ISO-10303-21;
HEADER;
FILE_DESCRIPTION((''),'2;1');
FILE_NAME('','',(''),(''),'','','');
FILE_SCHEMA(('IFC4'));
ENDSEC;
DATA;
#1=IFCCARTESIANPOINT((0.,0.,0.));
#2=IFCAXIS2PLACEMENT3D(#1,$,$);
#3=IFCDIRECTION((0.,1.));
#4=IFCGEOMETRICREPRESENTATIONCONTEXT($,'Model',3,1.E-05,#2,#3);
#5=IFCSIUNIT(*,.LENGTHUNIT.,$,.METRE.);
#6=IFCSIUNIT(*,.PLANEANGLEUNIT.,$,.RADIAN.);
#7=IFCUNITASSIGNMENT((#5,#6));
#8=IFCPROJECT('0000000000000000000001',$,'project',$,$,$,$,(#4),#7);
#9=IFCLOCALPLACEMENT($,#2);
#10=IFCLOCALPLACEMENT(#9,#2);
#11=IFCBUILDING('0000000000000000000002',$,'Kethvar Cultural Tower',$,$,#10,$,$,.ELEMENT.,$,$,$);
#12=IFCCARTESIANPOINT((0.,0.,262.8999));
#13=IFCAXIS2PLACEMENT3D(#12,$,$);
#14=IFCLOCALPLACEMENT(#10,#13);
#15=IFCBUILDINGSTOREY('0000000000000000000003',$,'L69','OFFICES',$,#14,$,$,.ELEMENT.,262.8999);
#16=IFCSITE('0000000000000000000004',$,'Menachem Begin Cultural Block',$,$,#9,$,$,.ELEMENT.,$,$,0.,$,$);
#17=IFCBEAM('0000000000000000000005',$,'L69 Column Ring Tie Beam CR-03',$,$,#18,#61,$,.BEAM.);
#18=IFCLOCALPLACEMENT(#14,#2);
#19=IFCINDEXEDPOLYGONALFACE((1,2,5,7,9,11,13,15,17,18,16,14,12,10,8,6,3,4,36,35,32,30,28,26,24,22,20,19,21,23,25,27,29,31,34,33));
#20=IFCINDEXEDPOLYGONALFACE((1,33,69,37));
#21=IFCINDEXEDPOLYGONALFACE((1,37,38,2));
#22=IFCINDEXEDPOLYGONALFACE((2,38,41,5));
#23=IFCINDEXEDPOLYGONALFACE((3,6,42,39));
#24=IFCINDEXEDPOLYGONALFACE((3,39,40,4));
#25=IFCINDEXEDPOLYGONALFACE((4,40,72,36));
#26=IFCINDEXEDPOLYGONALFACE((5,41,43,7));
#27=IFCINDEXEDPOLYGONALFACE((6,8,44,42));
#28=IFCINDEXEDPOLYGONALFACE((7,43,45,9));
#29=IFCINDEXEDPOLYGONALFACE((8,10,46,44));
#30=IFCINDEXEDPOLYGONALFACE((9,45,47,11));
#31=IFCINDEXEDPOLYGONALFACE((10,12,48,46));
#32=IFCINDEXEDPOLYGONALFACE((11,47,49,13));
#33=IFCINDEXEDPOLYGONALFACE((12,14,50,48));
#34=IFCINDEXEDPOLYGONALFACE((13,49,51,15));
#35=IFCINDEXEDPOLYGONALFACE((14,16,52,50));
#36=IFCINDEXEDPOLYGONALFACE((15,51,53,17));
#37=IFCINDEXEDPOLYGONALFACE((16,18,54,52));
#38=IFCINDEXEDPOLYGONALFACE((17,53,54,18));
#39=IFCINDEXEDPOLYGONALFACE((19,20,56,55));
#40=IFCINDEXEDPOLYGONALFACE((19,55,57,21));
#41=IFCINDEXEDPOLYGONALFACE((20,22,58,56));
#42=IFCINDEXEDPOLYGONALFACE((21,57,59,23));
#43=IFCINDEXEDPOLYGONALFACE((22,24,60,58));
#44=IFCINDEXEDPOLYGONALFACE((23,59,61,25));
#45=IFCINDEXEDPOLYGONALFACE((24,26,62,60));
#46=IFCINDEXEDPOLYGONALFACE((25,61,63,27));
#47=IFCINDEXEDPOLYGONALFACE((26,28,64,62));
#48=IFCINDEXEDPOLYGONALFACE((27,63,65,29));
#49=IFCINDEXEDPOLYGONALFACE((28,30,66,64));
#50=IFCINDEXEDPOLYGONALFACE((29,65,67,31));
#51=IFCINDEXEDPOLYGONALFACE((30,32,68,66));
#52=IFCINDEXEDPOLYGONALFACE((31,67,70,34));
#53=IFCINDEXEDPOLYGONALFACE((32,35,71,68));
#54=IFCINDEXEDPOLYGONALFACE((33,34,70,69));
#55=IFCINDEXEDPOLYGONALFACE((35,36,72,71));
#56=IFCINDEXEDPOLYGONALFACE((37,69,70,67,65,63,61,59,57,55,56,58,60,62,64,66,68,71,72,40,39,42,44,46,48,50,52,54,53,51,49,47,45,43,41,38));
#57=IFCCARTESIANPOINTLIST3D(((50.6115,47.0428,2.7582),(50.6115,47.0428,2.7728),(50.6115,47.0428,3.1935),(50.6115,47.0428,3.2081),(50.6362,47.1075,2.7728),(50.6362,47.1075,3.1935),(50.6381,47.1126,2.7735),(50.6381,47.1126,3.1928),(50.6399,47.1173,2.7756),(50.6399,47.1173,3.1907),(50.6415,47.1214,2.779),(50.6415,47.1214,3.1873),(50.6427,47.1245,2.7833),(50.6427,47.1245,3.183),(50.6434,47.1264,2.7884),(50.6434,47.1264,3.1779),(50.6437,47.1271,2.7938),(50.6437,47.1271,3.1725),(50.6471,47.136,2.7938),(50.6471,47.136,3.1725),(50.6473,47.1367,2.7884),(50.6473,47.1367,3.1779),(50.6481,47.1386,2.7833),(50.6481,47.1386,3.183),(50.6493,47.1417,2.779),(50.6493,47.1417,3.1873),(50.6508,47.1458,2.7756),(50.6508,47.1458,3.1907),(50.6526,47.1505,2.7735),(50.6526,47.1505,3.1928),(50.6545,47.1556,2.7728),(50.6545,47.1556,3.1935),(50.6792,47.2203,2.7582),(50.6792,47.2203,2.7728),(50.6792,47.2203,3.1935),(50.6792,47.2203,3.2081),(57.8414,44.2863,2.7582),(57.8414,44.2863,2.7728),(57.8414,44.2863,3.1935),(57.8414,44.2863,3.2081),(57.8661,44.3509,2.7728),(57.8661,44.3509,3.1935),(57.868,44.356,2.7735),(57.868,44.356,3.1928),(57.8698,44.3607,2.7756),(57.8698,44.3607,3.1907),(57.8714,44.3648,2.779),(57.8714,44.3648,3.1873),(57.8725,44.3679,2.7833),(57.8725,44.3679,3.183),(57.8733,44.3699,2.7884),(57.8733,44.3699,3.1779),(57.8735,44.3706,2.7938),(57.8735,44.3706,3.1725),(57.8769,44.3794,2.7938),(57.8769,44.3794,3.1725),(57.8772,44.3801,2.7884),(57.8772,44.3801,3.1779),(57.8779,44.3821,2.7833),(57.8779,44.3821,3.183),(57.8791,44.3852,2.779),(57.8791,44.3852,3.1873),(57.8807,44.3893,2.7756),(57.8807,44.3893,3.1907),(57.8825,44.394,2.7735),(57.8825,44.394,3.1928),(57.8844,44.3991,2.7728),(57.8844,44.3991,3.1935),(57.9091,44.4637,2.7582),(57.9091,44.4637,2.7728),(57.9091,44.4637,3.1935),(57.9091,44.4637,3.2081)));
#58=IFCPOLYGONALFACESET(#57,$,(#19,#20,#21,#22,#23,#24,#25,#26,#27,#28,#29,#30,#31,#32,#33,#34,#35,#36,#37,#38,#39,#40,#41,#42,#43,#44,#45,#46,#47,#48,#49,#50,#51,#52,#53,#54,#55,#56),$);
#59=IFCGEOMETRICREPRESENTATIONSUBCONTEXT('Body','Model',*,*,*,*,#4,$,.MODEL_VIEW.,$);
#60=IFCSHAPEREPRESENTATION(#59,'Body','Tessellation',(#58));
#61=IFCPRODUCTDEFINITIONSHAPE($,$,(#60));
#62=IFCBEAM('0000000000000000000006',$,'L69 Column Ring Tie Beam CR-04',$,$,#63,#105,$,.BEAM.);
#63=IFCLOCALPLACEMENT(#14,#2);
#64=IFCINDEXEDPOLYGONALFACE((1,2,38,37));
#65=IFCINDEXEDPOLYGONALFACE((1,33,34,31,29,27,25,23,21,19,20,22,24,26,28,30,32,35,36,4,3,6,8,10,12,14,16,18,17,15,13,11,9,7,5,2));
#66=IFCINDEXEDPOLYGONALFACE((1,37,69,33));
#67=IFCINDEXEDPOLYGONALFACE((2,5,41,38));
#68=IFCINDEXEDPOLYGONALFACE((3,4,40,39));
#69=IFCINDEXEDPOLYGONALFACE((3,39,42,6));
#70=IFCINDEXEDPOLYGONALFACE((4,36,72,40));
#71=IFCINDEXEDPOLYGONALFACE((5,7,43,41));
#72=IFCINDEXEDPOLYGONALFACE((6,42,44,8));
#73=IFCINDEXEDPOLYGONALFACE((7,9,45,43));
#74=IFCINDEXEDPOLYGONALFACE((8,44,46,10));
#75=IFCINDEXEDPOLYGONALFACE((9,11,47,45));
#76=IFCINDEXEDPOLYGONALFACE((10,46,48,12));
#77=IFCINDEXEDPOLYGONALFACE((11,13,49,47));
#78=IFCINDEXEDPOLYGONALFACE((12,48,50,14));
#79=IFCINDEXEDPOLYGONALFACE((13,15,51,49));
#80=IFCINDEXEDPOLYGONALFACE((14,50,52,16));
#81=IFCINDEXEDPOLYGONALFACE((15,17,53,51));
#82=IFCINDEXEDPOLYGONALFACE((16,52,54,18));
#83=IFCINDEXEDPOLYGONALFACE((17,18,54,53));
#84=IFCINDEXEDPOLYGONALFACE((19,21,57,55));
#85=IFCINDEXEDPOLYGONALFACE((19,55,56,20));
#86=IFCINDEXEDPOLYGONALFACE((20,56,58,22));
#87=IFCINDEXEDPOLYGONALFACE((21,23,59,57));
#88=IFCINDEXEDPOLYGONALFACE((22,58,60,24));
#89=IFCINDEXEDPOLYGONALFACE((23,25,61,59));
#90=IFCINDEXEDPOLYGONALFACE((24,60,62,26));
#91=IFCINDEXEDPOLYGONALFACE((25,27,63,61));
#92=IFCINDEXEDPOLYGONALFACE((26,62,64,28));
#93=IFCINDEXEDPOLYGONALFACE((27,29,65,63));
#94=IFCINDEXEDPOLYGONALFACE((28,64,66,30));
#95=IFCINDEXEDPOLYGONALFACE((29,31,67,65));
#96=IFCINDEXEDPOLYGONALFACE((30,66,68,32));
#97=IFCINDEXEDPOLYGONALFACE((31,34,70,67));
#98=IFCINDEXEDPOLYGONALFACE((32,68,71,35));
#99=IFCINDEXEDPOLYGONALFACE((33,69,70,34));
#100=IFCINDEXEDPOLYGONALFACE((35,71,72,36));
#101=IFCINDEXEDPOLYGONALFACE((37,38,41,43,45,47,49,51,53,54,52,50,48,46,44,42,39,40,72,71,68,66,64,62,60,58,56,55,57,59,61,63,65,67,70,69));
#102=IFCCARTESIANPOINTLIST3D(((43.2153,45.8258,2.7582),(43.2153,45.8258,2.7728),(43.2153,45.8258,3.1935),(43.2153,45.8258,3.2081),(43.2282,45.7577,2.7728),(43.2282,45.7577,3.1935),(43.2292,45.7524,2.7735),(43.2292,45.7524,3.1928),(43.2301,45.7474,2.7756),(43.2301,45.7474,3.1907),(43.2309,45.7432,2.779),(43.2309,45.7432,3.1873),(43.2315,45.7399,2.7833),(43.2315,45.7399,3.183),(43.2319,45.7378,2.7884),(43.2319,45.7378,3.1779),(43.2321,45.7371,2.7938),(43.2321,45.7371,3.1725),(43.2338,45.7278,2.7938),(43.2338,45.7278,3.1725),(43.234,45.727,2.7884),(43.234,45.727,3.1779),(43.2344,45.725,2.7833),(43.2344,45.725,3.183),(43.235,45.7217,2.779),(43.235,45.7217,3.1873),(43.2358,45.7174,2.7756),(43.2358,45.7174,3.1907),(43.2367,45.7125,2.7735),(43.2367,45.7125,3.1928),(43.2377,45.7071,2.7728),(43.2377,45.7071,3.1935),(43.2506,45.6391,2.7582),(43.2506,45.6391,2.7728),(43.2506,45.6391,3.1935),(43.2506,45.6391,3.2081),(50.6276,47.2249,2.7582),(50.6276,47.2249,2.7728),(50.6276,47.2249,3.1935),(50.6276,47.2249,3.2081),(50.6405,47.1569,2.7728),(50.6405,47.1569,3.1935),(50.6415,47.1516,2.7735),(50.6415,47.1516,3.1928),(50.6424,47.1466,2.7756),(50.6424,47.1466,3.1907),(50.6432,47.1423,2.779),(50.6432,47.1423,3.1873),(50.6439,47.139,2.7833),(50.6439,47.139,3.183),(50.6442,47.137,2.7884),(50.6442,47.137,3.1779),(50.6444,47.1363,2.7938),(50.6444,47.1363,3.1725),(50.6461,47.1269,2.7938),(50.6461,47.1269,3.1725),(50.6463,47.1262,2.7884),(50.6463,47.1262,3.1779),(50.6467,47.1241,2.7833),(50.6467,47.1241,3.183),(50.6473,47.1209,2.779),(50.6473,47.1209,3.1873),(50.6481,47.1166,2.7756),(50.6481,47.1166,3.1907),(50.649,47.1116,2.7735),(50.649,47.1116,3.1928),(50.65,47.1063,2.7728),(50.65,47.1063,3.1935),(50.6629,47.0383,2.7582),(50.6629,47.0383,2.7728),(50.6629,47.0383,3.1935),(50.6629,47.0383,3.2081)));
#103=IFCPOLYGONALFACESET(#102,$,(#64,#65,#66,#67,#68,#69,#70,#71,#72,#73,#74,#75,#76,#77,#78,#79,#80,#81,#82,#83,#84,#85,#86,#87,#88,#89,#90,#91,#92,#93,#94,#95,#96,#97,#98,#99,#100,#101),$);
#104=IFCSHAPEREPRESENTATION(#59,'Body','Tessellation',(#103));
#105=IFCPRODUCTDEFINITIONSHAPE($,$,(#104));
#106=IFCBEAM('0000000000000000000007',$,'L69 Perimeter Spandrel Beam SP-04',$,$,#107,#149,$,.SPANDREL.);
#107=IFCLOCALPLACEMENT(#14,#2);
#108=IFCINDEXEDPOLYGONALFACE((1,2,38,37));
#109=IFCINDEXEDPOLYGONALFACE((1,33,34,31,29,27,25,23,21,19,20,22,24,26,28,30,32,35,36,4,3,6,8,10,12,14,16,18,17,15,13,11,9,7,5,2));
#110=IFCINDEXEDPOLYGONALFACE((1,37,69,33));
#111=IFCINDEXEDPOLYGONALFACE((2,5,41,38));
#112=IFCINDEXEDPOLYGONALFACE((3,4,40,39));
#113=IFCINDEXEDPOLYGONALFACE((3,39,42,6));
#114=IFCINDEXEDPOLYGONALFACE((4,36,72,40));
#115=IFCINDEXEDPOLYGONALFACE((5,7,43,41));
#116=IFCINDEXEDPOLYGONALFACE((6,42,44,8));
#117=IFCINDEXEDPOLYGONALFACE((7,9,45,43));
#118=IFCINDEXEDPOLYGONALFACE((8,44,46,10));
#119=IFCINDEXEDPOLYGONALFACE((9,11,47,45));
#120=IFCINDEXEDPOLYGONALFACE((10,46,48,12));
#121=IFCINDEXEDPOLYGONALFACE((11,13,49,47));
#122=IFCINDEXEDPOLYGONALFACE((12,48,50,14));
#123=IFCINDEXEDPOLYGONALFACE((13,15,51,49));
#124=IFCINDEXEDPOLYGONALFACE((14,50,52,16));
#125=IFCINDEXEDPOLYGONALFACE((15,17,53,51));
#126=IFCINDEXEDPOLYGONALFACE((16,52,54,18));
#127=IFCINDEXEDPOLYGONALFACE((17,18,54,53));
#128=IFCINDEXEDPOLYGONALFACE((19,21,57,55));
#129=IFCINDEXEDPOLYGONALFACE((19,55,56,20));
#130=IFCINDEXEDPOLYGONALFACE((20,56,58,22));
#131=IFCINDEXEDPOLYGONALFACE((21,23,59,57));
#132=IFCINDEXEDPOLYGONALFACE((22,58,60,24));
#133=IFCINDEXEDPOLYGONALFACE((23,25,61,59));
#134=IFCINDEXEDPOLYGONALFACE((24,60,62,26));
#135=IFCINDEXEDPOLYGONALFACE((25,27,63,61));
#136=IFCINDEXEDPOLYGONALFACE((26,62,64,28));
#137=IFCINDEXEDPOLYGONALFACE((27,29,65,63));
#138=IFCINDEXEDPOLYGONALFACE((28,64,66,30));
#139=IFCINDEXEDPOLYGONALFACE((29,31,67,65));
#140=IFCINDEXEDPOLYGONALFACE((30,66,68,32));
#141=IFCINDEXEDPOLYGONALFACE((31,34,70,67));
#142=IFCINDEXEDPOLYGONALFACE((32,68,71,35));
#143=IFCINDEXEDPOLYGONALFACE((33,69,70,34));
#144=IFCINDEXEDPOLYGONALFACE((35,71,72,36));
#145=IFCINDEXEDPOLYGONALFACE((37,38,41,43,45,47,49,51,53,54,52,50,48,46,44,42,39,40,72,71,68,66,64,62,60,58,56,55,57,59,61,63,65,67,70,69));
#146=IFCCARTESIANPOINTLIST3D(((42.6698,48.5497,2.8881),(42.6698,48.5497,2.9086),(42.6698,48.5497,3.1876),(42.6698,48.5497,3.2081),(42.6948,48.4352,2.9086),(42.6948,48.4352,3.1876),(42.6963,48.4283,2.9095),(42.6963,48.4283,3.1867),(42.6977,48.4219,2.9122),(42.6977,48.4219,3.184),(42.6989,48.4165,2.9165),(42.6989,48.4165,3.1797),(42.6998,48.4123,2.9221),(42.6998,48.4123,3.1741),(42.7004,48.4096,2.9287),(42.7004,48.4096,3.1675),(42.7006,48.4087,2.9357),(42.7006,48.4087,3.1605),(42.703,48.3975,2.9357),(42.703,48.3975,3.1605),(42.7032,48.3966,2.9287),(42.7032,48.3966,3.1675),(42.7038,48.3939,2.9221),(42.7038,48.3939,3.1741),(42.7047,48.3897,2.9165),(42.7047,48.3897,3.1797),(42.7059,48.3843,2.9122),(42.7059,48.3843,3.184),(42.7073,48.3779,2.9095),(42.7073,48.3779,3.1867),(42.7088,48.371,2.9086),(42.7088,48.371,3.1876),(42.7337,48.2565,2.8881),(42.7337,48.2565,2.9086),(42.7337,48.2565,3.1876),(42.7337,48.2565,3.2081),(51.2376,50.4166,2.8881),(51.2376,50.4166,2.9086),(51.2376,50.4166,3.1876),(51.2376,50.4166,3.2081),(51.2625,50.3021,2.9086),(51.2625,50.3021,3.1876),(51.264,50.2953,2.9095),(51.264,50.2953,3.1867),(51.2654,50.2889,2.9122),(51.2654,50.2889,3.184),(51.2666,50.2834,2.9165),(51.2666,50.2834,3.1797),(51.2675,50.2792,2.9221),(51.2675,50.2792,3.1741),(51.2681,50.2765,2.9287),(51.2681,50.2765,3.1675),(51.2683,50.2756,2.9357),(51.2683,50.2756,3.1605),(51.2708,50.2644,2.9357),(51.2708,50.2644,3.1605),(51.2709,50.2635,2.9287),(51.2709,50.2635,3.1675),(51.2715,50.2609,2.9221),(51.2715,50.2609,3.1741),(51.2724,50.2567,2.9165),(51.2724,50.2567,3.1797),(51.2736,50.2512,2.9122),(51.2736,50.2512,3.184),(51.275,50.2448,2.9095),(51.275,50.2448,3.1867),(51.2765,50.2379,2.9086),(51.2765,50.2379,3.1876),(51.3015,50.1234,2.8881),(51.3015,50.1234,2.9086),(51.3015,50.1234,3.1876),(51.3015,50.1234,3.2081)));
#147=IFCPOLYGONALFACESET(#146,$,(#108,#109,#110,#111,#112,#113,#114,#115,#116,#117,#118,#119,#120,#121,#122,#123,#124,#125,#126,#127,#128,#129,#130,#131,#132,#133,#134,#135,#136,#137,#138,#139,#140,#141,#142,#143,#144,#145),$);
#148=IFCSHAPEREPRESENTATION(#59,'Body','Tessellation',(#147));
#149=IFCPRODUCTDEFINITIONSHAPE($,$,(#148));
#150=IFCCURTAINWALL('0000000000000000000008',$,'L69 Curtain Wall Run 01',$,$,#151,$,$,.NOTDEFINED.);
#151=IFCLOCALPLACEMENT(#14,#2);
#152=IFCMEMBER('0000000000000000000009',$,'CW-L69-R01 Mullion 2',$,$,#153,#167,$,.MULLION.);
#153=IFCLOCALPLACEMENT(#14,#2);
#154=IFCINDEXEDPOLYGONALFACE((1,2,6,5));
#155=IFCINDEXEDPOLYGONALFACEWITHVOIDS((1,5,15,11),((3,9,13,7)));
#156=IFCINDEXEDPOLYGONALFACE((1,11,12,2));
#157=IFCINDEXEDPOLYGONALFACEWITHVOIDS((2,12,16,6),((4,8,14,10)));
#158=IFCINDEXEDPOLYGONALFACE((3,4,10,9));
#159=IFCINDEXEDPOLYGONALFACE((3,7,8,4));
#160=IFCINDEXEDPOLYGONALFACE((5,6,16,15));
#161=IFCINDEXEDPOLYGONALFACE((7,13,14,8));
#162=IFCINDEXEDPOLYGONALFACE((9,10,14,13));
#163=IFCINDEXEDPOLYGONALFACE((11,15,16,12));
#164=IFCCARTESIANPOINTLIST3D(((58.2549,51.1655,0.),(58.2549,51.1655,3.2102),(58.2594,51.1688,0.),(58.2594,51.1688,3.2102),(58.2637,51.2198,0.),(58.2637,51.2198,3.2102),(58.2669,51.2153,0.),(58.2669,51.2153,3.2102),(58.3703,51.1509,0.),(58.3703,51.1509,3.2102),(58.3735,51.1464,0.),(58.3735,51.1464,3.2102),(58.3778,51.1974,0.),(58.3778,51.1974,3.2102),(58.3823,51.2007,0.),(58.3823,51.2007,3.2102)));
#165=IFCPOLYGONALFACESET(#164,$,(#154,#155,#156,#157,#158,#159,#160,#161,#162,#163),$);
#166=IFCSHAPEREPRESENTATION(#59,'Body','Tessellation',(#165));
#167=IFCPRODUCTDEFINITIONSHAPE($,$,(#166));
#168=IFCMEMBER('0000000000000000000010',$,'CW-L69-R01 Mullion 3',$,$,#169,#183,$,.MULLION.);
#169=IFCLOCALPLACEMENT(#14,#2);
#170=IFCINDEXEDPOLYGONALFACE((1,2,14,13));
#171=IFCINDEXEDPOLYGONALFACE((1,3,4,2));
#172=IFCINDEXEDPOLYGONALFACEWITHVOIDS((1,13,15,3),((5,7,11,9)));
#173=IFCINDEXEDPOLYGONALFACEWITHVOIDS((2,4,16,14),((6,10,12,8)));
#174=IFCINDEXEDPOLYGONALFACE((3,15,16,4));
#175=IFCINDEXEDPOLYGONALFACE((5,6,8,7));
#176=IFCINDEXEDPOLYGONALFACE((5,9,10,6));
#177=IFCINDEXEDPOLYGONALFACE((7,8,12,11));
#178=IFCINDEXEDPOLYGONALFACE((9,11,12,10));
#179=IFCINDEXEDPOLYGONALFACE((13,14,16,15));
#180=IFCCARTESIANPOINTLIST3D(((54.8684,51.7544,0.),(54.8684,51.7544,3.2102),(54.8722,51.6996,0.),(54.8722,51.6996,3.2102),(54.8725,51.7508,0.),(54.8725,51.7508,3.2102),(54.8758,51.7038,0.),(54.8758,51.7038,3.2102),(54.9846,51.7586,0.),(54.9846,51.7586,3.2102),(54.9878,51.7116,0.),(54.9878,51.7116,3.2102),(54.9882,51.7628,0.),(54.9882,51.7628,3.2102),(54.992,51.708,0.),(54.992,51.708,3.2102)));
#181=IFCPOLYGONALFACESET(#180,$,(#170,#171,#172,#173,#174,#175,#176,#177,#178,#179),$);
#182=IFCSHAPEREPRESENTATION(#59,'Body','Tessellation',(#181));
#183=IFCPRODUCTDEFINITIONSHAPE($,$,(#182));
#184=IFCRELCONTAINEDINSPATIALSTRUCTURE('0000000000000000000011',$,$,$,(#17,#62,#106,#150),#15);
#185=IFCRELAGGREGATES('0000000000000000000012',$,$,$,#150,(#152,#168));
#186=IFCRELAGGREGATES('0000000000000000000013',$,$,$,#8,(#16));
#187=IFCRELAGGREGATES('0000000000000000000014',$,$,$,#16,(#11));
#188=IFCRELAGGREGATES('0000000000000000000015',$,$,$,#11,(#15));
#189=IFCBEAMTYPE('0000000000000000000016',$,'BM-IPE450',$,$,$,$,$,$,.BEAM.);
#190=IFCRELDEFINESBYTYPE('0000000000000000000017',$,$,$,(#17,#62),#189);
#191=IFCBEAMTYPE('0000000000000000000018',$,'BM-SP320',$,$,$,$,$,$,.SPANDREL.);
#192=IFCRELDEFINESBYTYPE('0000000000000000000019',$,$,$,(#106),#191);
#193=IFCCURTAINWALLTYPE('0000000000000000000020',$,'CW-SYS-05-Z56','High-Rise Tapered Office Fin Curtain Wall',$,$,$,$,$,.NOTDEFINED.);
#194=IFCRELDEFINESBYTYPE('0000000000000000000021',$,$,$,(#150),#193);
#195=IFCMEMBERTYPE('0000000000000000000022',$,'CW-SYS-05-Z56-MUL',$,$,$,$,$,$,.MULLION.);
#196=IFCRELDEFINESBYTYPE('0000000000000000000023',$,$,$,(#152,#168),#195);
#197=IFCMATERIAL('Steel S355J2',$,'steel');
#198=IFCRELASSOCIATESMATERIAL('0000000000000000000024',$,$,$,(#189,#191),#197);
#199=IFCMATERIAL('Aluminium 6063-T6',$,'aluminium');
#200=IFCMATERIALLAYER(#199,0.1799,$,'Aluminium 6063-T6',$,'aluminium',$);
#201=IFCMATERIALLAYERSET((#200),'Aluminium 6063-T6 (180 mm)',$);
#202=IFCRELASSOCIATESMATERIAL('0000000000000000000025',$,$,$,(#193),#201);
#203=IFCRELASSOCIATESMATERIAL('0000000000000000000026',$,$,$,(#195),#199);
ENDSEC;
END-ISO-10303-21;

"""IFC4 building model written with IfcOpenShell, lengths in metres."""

from ifc_helpers import new_model, si_unit, direction, frame, origin, origin_2d, place, context, subcontext, project, spatial, hollow_rectangle, i_section, extrude, source, transform, mapped, material, layer, layer_set, material_profile, profile_set, type_object, element, aggregate, save


model = new_model("IFC4")

# Units and contexts
model_context = context("Model", 3, precision=1e-05, world=origin(), true_north=direction((0.0, 1.0)))
body_context = subcontext(model_context, "Body", "Model", "MODEL_VIEW")
ifc_project = project(units=[si_unit("LENGTHUNIT", "METRE"), si_unit("PLANEANGLEUNIT", "RADIAN")], contexts=[model_context])

# Site, building, storey
site_placement = place(None, origin())
site = spatial("IfcSite", under=ifc_project, at=site_placement, Name="Menachem Begin Cultural Block", CompositionType="ELEMENT", RefElevation=0.0)
building_placement = place(site_placement, origin())
building = spatial("IfcBuilding", under=site, at=building_placement, Name="Kethvar Cultural Tower", CompositionType="ELEMENT")
storey_placement = place(building_placement, frame((0.0, 0.0, 262.8999)))
storey = spatial("IfcBuildingStorey", under=building, at=storey_placement, Name="L69", Description="OFFICES", CompositionType="ELEMENT", Elevation=262.8999)

# Beams
ifc_material_1 = material(Name="Steel S355J2", Category="steel")
ifc_material_profile_1 = material_profile(ifc_material_1, i_section(OverallWidth=0.1899, OverallDepth=0.45, WebThickness=0.0095, FlangeThickness=0.0146, FilletRadius=0.021, at=origin_2d()), Name="Steel S355J2 — IPE450")
ifc_profile_set_1 = profile_set([ifc_material_profile_1], Name="Steel S355J2 — IPE450")
beam_type_1 = type_object("IfcBeamType", Name="BM-IPE450", PredefinedType="BEAM", material=ifc_profile_set_1)
shared_shape_1 = source(origin(), body_context, "Body", "SweptSolid", [
    extrude(i_section(OverallWidth=0.1899, OverallDepth=0.45, WebThickness=0.0095, FlangeThickness=0.0146, FilletRadius=0.021, at=origin_2d()), origin(), (0.0, 0.0, 1.0), 7.7375),
])
beam_1_placement = place(storey_placement, frame((57.8752, 44.375, 2.9832), z_axis=(-0.934388, 0.356256, 0.0), x_axis=(-0.356256, -0.934388, 0.0)))
element("IfcBeam", 1, at=beam_1_placement, inside=storey, type_object=beam_type_1, Name="L69 Column Ring Tie Beam CR-03", PredefinedType="BEAM", context=body_context, shape_type="MappedRepresentation", body=[
    mapped(shared_shape_1, transform((0.0, 0.0, 0.0), scale=1.0)),
])
shared_shape_2 = source(origin(), body_context, "Body", "SweptSolid", [
    extrude(i_section(OverallWidth=0.1899, OverallDepth=0.45, WebThickness=0.0095, FlangeThickness=0.0146, FilletRadius=0.021, at=origin_2d()), origin(), (0.0, 0.0, 1.0), 7.5432),
])
beam_2_placement = place(storey_placement, frame((50.6453, 47.1316, 2.9832), z_axis=(-0.982647, -0.185486, 0.0), x_axis=(0.185486, -0.982647, 0.0)))
element("IfcBeam", 2, at=beam_2_placement, inside=storey, type_object=beam_type_1, Name="L69 Column Ring Tie Beam CR-04", PredefinedType="BEAM", context=body_context, shape_type="MappedRepresentation", body=[
    mapped(shared_shape_2, transform((0.0, 0.0, 0.0), scale=1.0)),
])
ifc_material_profile_2 = material_profile(ifc_material_1, i_section(OverallWidth=0.3, OverallDepth=0.3201, WebThickness=0.0115, FlangeThickness=0.0205, FilletRadius=0.0271, at=origin_2d()), Name="Steel S355J2 — HEB320")
ifc_profile_set_2 = profile_set([ifc_material_profile_2], Name="Steel S355J2 — HEB320")
beam_type_2 = type_object("IfcBeamType", Name="BM-SP320", PredefinedType="SPANDREL", material=ifc_profile_set_2)
shared_shape_3 = source(origin(), body_context, "Body", "SweptSolid", [
    extrude(i_section(OverallWidth=0.3, OverallDepth=0.3201, WebThickness=0.0115, FlangeThickness=0.0205, FilletRadius=0.0271, at=origin_2d()), origin(), (0.0, 0.0, 1.0), 8.7688),
])
beam_3_placement = place(storey_placement, frame((51.2695, 50.27, 3.0481), z_axis=(-0.977073, -0.212905, 0.0), x_axis=(0.212905, -0.977073, 0.0)))
element("IfcBeam", 3, at=beam_3_placement, inside=storey, type_object=beam_type_2, Name="L69 Perimeter Spandrel Beam SP-04", PredefinedType="SPANDREL", context=body_context, shape_type="MappedRepresentation", body=[
    mapped(shared_shape_3, transform((0.0, 0.0, 0.0), scale=1.0)),
])

# Curtain wall, members
ifc_material_2 = material(Name="Aluminium 6063-T6", Category="aluminium")
ifc_layer_1 = layer(ifc_material_2, 0.1799, Name="Aluminium 6063-T6", Category="aluminium")
ifc_layer_set_1 = layer_set([ifc_layer_1], Name="Aluminium 6063-T6 (180 mm)")
curtain_wall_type = type_object("IfcCurtainWallType", Name="CW-SYS-05-Z56", Description="High-Rise Tapered Office Fin Curtain Wall", PredefinedType="NOTDEFINED", material=ifc_layer_set_1)
curtain_wall_placement = place(storey_placement, origin())
curtain_wall = element("IfcCurtainWall", 4, at=curtain_wall_placement, inside=storey, type_object=curtain_wall_type, Name="L69 Curtain Wall Run 01", PredefinedType="NOTDEFINED")
ifc_material_profile_3 = material_profile(ifc_material_2, hollow_rectangle(XDim=0.0549, YDim=0.1201, WallThickness=0.0039, at=origin_2d()), Name="Aluminium 6063-T6 — RHS120x55x4")
ifc_profile_set_3 = profile_set([ifc_material_profile_3], Name="Aluminium 6063-T6 — RHS120x55x4")
member_type_1 = type_object("IfcMemberType", Name="CW-SYS-05-Z56-MUL", PredefinedType="MULLION", material=ifc_profile_set_3)
shared_shape_4 = source(origin(), body_context, "Body", "SweptSolid", [
    extrude(hollow_rectangle(XDim=0.0549, YDim=0.1201, WallThickness=0.0039, at=origin_2d()), origin(), (0.0, 0.0, 1.0), 3.2102),
])
member_1_placement = place(storey_placement, frame((58.3186, 51.1831, 0.0), z_axis=(0.0, 0.0, 1.0), x_axis=(-0.158985, -0.987281, 0.0)))
member_1 = element("IfcMember", 5, at=member_1_placement, type_object=member_type_1, Name="CW-L69-R01 Mullion 2", PredefinedType="MULLION", context=body_context, shape_type="MappedRepresentation", body=[
    mapped(shared_shape_4, transform((0.0, 0.0, 0.0), scale=1.0)),
])
member_2_placement = place(storey_placement, frame((54.9302, 51.7312, 0.0), z_axis=(0.0, 0.0, 1.0), x_axis=(0.069339, -0.997593, 0.0)))
member_2 = element("IfcMember", 6, at=member_2_placement, type_object=member_type_1, Name="CW-L69-R01 Mullion 3", PredefinedType="MULLION", context=body_context, shape_type="MappedRepresentation", body=[
    mapped(shared_shape_4, transform((0.0, 0.0, 0.0), scale=1.0)),
])
aggregate(curtain_wall, [member_1, member_2])

save(model, "model.ifc")
